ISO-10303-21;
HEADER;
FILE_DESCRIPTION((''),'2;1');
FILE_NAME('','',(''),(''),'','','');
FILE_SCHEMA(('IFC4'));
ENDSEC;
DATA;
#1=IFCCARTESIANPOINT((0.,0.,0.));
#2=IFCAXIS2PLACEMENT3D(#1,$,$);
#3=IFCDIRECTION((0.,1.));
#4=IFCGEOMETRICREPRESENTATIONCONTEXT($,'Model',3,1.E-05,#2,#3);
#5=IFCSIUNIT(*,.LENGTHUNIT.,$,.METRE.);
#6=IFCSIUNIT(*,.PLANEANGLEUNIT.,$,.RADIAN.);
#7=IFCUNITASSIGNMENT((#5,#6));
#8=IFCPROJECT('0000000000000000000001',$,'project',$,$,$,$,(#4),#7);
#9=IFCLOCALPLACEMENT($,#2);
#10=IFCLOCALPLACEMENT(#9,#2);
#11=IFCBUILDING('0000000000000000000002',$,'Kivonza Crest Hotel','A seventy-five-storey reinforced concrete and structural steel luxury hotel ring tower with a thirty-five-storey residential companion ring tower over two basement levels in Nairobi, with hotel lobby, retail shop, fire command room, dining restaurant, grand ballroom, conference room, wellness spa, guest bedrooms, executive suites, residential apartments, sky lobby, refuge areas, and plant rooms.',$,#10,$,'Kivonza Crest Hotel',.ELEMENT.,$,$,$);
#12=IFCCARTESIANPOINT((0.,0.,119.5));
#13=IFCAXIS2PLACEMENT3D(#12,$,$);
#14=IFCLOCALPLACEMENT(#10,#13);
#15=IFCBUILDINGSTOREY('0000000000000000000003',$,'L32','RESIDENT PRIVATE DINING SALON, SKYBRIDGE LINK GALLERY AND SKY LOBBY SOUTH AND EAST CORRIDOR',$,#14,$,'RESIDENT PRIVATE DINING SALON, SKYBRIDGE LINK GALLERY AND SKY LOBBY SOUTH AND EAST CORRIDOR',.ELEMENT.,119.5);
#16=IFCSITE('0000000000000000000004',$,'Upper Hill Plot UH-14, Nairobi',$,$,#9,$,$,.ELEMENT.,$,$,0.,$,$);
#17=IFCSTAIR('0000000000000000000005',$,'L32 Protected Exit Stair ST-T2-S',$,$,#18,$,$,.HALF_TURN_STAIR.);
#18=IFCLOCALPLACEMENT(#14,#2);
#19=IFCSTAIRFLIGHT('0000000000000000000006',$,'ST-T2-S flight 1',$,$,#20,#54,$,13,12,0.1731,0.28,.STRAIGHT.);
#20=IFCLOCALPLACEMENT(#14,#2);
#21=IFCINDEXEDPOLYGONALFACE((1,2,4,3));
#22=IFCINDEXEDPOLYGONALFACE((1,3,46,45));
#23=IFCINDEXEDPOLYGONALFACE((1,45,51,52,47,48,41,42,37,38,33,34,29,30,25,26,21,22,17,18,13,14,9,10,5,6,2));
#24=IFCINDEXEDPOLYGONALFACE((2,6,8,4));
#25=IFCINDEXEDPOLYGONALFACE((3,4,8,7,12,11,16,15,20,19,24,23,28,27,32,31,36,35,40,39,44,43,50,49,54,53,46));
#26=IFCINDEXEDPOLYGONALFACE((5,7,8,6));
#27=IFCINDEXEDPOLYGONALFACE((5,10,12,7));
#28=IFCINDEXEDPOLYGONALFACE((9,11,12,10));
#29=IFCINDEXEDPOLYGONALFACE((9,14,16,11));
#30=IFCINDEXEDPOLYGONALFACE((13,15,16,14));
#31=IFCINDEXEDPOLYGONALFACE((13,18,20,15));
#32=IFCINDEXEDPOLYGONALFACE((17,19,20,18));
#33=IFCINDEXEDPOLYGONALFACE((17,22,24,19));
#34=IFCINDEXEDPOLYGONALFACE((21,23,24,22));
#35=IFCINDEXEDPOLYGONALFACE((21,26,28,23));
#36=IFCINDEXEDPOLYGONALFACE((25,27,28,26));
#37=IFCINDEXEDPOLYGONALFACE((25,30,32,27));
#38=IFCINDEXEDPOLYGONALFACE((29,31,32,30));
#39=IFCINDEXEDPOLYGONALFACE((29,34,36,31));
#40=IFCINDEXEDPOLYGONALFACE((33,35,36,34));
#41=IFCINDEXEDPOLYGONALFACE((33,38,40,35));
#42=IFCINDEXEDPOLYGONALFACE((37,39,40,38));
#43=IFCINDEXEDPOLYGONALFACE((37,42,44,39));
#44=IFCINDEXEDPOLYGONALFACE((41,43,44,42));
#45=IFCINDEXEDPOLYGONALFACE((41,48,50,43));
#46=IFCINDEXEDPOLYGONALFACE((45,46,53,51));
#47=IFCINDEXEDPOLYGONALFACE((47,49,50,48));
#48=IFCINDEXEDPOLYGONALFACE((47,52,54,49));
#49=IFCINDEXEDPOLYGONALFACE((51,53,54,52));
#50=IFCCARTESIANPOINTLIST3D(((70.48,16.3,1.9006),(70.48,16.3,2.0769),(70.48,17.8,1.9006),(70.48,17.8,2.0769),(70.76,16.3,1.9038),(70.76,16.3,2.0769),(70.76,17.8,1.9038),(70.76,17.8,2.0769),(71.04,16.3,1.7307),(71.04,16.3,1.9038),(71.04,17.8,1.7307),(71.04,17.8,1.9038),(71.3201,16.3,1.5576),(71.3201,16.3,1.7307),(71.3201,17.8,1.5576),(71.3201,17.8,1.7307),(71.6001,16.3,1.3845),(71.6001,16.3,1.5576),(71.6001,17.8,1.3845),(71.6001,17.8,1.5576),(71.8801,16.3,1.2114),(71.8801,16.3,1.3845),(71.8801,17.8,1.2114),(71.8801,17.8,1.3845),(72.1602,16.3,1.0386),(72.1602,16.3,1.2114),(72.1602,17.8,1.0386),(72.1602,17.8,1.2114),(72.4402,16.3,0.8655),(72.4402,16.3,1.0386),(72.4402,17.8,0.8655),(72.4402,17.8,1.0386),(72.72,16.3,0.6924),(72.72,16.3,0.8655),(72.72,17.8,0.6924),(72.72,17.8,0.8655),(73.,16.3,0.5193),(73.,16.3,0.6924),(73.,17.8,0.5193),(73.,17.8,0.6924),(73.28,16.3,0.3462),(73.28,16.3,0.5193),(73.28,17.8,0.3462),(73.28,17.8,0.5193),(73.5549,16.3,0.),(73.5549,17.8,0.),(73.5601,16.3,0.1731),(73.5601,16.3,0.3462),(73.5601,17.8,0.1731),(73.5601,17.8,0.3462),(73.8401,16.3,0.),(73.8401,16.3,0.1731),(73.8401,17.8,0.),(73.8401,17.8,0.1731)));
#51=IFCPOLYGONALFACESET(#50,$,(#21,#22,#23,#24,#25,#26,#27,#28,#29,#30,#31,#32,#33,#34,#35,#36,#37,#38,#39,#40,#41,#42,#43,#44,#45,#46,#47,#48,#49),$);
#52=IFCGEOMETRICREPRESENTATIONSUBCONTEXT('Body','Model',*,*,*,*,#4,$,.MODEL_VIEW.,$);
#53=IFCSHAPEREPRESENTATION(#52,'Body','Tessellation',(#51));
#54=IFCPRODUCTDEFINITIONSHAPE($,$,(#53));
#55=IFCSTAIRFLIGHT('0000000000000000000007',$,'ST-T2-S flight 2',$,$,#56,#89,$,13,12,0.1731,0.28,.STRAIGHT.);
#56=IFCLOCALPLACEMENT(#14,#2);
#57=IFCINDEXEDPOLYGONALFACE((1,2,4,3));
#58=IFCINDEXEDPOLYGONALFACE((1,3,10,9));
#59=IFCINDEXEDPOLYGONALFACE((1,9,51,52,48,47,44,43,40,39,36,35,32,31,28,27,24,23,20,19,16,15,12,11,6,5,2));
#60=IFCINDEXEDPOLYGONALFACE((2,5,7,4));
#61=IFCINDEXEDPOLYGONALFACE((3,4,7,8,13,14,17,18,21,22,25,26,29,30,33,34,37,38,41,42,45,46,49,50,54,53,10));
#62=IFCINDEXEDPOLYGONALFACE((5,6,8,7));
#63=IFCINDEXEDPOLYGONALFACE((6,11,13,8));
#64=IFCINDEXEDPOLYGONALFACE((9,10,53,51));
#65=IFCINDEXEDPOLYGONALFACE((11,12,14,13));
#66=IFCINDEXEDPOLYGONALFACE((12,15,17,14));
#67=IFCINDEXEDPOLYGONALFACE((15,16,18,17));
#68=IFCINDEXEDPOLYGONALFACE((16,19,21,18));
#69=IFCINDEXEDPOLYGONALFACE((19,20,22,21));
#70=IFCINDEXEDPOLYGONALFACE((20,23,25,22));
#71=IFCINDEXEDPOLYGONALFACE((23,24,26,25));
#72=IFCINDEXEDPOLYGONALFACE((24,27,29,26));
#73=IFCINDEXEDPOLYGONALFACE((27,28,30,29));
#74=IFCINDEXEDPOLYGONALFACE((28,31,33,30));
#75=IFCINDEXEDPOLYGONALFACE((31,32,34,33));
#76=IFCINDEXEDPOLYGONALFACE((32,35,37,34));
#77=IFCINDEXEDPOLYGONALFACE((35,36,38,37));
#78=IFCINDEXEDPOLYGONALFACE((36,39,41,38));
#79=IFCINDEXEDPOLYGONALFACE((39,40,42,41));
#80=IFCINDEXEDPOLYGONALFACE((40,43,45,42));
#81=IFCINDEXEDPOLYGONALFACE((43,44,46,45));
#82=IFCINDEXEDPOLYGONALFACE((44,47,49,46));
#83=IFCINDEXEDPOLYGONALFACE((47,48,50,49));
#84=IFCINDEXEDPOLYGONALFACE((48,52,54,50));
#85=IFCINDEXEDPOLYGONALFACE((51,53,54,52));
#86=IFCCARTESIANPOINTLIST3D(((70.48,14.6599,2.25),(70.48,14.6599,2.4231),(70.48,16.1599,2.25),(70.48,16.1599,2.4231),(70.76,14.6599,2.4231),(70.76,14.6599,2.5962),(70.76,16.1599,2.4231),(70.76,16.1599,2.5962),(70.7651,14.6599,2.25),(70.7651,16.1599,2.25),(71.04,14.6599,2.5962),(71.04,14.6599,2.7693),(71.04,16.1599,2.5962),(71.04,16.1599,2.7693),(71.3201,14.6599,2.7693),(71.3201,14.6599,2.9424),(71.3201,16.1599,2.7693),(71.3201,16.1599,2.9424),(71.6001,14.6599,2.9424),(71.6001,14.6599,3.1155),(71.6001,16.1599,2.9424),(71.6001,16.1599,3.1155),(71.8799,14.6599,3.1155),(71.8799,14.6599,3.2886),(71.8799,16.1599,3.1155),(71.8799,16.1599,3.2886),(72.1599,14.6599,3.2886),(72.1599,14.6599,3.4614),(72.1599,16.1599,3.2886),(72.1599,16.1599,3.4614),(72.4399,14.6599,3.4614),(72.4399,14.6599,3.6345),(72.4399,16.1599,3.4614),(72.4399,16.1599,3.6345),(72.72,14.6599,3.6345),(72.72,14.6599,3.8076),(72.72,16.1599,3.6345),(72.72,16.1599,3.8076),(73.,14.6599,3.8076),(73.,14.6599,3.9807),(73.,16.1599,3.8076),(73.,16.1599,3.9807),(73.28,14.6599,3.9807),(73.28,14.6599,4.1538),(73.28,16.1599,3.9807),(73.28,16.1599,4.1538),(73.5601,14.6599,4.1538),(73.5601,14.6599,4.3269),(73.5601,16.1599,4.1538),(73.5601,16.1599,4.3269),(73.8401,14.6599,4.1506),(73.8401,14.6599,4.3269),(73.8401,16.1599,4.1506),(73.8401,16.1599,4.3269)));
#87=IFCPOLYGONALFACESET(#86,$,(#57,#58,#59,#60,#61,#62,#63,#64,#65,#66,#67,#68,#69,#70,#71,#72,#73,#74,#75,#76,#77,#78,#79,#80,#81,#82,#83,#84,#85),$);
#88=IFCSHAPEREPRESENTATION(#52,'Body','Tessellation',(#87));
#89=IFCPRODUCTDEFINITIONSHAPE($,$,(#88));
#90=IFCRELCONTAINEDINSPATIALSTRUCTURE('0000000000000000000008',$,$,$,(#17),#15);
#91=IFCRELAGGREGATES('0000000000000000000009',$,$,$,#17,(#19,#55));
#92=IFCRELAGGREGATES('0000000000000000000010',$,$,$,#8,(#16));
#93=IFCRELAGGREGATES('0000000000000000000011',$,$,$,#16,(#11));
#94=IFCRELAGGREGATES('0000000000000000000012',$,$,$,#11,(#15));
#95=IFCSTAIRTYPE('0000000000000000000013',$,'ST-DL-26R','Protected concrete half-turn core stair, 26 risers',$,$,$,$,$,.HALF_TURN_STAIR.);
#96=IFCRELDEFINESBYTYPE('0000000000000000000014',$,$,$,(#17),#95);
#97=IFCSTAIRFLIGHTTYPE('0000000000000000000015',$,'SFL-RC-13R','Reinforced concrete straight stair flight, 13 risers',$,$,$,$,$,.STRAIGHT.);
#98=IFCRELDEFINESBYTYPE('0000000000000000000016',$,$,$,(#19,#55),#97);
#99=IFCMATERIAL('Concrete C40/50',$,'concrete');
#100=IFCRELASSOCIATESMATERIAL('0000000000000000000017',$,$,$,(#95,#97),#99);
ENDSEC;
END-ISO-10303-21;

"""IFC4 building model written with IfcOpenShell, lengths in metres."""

from ifc_helpers import new_model, si_unit, direction, frame, origin, place, context, subcontext, project, spatial, polyline, outline, extrude, material, type_object, element, aggregate, save


model = new_model("IFC4")

# Units and contexts
model_context = context("Model", 3, precision=1e-05, world=origin(), true_north=direction((0.0, 1.0)))
body_context = subcontext(model_context, "Body", "Model", "MODEL_VIEW")
ifc_project = project(units=[si_unit("LENGTHUNIT", "METRE"), si_unit("PLANEANGLEUNIT", "RADIAN")], contexts=[model_context])

# Site, building, storey
site_placement = place(None, origin())
site = spatial("IfcSite", under=ifc_project, at=site_placement, Name="Upper Hill Plot UH-14, Nairobi", CompositionType="ELEMENT", RefElevation=0.0)
building_placement = place(site_placement, origin())
building = spatial("IfcBuilding", under=site, at=building_placement, Name="Kivonza Crest Hotel", Description="A seventy-five-storey reinforced concrete and structural steel luxury hotel ring tower with a thirty-five-storey residential companion ring tower over two basement levels in Nairobi, with hotel lobby, retail shop, fire command room, dining restaurant, grand ballroom, conference room, wellness spa, guest bedrooms, executive suites, residential apartments, sky lobby, refuge areas, and plant rooms.", LongName="Kivonza Crest Hotel", CompositionType="ELEMENT")
storey_placement = place(building_placement, frame((0.0, 0.0, 119.5)))
storey = spatial("IfcBuildingStorey", under=building, at=storey_placement, Name="L32", Description="RESIDENT PRIVATE DINING SALON, SKYBRIDGE LINK GALLERY AND SKY LOBBY SOUTH AND EAST CORRIDOR", LongName="RESIDENT PRIVATE DINING SALON, SKYBRIDGE LINK GALLERY AND SKY LOBBY SOUTH AND EAST CORRIDOR", CompositionType="ELEMENT", Elevation=119.5)

# Stair, stair flights
ifc_material_1 = material(Name="Concrete C40/50", Category="concrete")
stair_type = type_object("IfcStairType", Name="ST-DL-26R", Description="Protected concrete half-turn core stair, 26 risers", PredefinedType="HALF_TURN_STAIR", material=ifc_material_1)
stair_placement = place(storey_placement, origin())
stair = element("IfcStair", 1, at=stair_placement, inside=storey, type_object=stair_type, Name="L32 Protected Exit Stair ST-T2-S", PredefinedType="HALF_TURN_STAIR")
stair_flight_type = type_object("IfcStairFlightType", Name="SFL-RC-13R", Description="Reinforced concrete straight stair flight, 13 risers", PredefinedType="STRAIGHT", material=ifc_material_1)
stair_flight_1_placement = place(storey_placement, frame((73.8401, 17.05, 0.0), z_axis=(0.0, 0.0, 1.0), x_axis=(-1.0, 0.0, 0.0)))
stair_flight_1 = element("IfcStairFlight", 2, at=stair_flight_1_placement, type_object=stair_flight_type, Name="ST-T2-S flight 1", NumberOfRisers=13, NumberOfTreads=12, PredefinedType="STRAIGHT", RiserHeight=0.1731, TreadLength=0.28, context=body_context, shape_type="SweptSolid", body=[
    extrude(outline(polyline([(0.0, 0.0), (0.0, 0.1731), (0.28, 0.1731), (0.28, 0.3462), (0.5601, 0.3462), (0.5601, 0.5193), (0.8401, 0.5193), (0.8401, 0.6924), (1.1201, 0.6924), (1.1201, 0.8655), (1.3999, 0.8655), (1.3999, 1.0386), (1.6799, 1.0386), (1.6799, 1.2114), (1.96, 1.2114), (1.96, 1.3845), (2.24, 1.3845), (2.24, 1.5576), (2.52, 1.5576), (2.52, 1.7307), (2.8, 1.7307), (2.8, 1.9038), (3.0801, 1.9038), (3.0801, 2.0769), (3.3601, 2.0769), (3.3601, 2.25), (3.3601, 1.9006), (0.2852, 0.0), (0.0, 0.0)])), frame((0.0, 0.75, 0.0), z_axis=(0.0, -1.0, 0.0), x_axis=(1.0, 0.0, 0.0)), (0.0, 0.0, 1.0), 1.5),
])
stair_flight_2_placement = place(storey_placement, frame((70.48, 15.4099, 2.25), z_axis=(0.0, 0.0, 1.0), x_axis=(1.0, 0.0, 0.0)))
stair_flight_2 = element("IfcStairFlight", 3, at=stair_flight_2_placement, type_object=stair_flight_type, Name="ST-T2-S flight 2", NumberOfRisers=13, NumberOfTreads=12, PredefinedType="STRAIGHT", RiserHeight=0.1731, TreadLength=0.28, context=body_context, shape_type="SweptSolid", body=[
    extrude(outline(polyline([(0.0, 0.0), (0.0, 0.1731), (0.28, 0.1731), (0.28, 0.3462), (0.5601, 0.3462), (0.5601, 0.5193), (0.8401, 0.5193), (0.8401, 0.6924), (1.1201, 0.6924), (1.1201, 0.8655), (1.3999, 0.8655), (1.3999, 1.0386), (1.6799, 1.0386), (1.6799, 1.2114), (1.96, 1.2114), (1.96, 1.3845), (2.24, 1.3845), (2.24, 1.5576), (2.52, 1.5576), (2.52, 1.7307), (2.8, 1.7307), (2.8, 1.9038), (3.0801, 1.9038), (3.0801, 2.0769), (3.3601, 2.0769), (3.3601, 2.25), (3.3601, 1.9006), (0.2852, 0.0), (0.0, 0.0)])), frame((0.0, 0.75, 0.0), z_axis=(0.0, -1.0, 0.0), x_axis=(1.0, 0.0, 0.0)), (0.0, 0.0, 1.0), 1.5),
])
aggregate(stair, [stair_flight_1, stair_flight_2])

save(model, "model.ifc")
